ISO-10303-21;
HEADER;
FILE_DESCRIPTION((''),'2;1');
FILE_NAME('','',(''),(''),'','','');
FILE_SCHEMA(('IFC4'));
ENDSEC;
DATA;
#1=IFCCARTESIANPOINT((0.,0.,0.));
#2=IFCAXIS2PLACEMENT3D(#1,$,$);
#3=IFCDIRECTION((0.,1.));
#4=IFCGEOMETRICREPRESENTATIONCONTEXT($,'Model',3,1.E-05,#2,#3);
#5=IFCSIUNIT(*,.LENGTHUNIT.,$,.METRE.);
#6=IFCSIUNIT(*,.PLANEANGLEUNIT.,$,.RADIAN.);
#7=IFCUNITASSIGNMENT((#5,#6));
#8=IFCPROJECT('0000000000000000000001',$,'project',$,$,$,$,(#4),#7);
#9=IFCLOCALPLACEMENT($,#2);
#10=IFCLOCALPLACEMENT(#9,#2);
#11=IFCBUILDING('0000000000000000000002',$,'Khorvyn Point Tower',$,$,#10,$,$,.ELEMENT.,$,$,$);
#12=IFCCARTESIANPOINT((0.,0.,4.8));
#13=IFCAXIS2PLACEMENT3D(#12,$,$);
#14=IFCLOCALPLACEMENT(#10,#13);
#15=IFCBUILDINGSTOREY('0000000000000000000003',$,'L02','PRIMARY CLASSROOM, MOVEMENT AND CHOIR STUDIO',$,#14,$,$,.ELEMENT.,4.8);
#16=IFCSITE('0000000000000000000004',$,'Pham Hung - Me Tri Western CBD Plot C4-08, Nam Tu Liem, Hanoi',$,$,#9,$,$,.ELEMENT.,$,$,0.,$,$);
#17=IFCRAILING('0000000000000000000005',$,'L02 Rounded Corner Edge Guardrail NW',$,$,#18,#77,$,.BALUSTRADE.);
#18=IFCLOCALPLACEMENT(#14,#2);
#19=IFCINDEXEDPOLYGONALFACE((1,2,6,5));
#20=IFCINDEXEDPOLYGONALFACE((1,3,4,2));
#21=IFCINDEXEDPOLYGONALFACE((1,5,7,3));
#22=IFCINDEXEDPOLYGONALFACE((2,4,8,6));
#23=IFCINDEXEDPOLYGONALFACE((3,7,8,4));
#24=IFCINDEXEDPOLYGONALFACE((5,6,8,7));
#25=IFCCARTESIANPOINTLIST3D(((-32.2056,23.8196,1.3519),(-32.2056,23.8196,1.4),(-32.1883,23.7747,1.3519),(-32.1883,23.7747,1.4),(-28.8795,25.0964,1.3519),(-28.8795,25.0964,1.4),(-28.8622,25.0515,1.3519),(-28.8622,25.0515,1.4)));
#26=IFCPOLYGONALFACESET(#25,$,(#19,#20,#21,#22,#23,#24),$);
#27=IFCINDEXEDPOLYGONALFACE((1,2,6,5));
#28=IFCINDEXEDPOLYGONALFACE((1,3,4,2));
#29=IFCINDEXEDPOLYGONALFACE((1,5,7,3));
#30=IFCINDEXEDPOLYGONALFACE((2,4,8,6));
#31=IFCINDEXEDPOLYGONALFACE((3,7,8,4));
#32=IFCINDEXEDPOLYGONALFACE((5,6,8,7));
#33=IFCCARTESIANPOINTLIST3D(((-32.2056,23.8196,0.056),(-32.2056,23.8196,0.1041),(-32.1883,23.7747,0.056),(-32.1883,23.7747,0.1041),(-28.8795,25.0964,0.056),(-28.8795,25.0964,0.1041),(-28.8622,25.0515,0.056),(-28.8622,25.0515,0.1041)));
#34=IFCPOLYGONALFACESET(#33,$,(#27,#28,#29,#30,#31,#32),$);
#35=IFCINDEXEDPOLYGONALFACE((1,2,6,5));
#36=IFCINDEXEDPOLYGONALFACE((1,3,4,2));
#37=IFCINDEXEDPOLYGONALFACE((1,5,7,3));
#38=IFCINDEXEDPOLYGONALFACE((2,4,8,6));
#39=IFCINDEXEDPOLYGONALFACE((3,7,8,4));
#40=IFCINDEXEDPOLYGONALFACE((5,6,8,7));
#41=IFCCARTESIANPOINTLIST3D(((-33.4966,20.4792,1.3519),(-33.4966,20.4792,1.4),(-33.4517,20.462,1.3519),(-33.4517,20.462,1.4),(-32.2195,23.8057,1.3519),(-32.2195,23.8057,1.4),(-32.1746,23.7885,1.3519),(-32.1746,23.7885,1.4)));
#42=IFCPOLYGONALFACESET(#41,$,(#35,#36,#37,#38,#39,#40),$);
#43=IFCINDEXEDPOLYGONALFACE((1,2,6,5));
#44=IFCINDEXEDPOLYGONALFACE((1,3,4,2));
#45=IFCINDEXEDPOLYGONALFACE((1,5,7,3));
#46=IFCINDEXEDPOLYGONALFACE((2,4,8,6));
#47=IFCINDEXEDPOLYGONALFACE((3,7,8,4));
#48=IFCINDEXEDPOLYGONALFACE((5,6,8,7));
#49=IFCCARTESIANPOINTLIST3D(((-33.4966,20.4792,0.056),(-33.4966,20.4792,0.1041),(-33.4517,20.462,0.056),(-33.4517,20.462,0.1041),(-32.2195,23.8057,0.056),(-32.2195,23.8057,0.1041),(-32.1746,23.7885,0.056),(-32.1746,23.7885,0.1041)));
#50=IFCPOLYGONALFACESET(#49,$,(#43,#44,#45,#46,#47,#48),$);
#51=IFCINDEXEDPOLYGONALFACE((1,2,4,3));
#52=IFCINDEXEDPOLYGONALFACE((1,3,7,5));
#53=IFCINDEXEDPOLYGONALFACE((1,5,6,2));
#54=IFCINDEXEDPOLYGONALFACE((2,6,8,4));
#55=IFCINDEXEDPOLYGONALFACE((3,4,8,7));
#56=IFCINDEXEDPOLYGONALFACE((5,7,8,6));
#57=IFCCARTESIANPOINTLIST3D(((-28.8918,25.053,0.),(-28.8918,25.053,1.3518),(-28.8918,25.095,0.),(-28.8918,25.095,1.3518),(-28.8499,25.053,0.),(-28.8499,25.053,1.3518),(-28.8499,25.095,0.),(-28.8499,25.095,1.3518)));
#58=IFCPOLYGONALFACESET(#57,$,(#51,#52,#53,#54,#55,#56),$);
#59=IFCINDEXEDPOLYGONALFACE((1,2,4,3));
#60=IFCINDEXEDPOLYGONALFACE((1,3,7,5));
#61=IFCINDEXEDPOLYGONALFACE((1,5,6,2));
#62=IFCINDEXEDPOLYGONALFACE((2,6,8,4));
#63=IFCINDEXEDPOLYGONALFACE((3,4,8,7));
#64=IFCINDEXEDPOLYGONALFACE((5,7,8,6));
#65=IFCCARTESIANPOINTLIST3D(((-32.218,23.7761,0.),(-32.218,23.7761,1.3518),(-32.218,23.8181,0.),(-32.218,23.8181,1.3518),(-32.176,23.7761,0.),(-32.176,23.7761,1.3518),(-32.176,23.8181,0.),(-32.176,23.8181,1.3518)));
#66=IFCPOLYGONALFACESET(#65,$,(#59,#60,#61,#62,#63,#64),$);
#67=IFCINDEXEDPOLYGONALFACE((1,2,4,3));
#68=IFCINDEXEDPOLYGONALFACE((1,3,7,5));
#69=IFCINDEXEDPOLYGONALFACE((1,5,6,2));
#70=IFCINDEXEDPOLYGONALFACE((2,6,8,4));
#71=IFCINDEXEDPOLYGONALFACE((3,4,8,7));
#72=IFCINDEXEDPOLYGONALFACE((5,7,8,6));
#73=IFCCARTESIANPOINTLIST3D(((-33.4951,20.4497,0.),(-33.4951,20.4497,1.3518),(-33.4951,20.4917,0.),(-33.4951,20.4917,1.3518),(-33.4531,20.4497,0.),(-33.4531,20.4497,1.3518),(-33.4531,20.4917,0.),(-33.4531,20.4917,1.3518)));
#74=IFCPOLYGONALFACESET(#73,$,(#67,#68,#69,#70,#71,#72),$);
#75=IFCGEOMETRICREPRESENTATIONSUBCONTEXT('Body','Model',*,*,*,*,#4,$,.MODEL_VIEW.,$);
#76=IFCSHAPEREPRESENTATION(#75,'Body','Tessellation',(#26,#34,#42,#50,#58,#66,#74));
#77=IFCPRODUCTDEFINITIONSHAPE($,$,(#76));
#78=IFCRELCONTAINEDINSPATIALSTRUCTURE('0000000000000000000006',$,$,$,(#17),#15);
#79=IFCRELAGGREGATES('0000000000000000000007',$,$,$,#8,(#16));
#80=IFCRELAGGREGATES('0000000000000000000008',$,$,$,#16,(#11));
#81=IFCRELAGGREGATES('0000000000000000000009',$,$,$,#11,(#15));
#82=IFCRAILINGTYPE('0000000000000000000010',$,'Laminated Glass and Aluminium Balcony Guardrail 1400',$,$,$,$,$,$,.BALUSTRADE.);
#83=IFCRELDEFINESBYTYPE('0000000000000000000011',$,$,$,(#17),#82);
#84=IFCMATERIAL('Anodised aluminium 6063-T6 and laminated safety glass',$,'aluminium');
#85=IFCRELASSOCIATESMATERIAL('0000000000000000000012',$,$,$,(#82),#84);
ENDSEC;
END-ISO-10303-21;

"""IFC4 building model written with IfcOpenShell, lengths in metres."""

from ifc_helpers import new_model, si_unit, direction, frame, origin, origin_2d, place, context, subcontext, project, spatial, rectangle, extrude, material, type_object, element, save


model = new_model("IFC4")

# Units and contexts
model_context = context("Model", 3, precision=1e-05, world=origin(), true_north=direction((0.0, 1.0)))
body_context = subcontext(model_context, "Body", "Model", "MODEL_VIEW")
ifc_project = project(units=[si_unit("LENGTHUNIT", "METRE"), si_unit("PLANEANGLEUNIT", "RADIAN")], contexts=[model_context])

# Site, building, storey
site_placement = place(None, origin())
site = spatial("IfcSite", under=ifc_project, at=site_placement, Name="Pham Hung - Me Tri Western CBD Plot C4-08, Nam Tu Liem, Hanoi", CompositionType="ELEMENT", RefElevation=0.0)
building_placement = place(site_placement, origin())
building = spatial("IfcBuilding", under=site, at=building_placement, Name="Khorvyn Point Tower", CompositionType="ELEMENT")
storey_placement = place(building_placement, frame((0.0, 0.0, 4.8)))
storey = spatial("IfcBuildingStorey", under=building, at=storey_placement, Name="L02", Description="PRIMARY CLASSROOM, MOVEMENT AND CHOIR STUDIO", CompositionType="ELEMENT", Elevation=4.8)

# Railing
ifc_material_1 = material(Name="Anodised aluminium 6063-T6 and laminated safety glass", Category="aluminium")
railing_type = type_object("IfcRailingType", Name="Laminated Glass and Aluminium Balcony Guardrail 1400", PredefinedType="BALUSTRADE", material=ifc_material_1)
railing_placement = place(storey_placement, frame((-28.8708, 25.074, 0.0)))
element("IfcRailing", 1, at=railing_placement, inside=storey, type_object=railing_type, Name="L02 Rounded Corner Edge Guardrail NW", PredefinedType="BALUSTRADE", context=body_context, shape_type="SweptSolid", body=[
    extrude(rectangle(XDim=0.0481, YDim=0.0481, at=origin_2d()), frame((0.0, 0.0, 1.376), z_axis=(-0.933575, -0.358382, 0.0), x_axis=(0.358382, -0.933575, 0.0)), (0.0, 0.0, 1.0), 3.5627),
    extrude(rectangle(XDim=0.0481, YDim=0.0481, at=origin_2d()), frame((0.0, 0.0, 0.0801), z_axis=(-0.933575, -0.358382, 0.0), x_axis=(0.358382, -0.933575, 0.0)), (0.0, 0.0, 1.0), 3.5627),
    extrude(rectangle(XDim=0.0481, YDim=0.0481, at=origin_2d()), frame((-3.3262, -1.2769, 1.376), z_axis=(-0.358419, -0.933561, 0.0), x_axis=(0.933561, -0.358419, 0.0)), (0.0, 0.0, 1.0), 3.5632),
    extrude(rectangle(XDim=0.0481, YDim=0.0481, at=origin_2d()), frame((-3.3262, -1.2769, 0.0801), z_axis=(-0.358419, -0.933561, 0.0), x_axis=(0.933561, -0.358419, 0.0)), (0.0, 0.0, 1.0), 3.5632),
    extrude(rectangle(XDim=0.042, YDim=0.042, at=origin_2d()), origin(), (0.0, 0.0, 1.0), 1.3518),
    extrude(rectangle(XDim=0.042, YDim=0.042, at=origin_2d()), frame((-3.3262, -1.2769, 0.0)), (0.0, 0.0, 1.0), 1.3518),
    extrude(rectangle(XDim=0.042, YDim=0.042, at=origin_2d()), frame((-4.6033, -4.6033, 0.0)), (0.0, 0.0, 1.0), 1.3518),
])

save(model, "model.ifc")
